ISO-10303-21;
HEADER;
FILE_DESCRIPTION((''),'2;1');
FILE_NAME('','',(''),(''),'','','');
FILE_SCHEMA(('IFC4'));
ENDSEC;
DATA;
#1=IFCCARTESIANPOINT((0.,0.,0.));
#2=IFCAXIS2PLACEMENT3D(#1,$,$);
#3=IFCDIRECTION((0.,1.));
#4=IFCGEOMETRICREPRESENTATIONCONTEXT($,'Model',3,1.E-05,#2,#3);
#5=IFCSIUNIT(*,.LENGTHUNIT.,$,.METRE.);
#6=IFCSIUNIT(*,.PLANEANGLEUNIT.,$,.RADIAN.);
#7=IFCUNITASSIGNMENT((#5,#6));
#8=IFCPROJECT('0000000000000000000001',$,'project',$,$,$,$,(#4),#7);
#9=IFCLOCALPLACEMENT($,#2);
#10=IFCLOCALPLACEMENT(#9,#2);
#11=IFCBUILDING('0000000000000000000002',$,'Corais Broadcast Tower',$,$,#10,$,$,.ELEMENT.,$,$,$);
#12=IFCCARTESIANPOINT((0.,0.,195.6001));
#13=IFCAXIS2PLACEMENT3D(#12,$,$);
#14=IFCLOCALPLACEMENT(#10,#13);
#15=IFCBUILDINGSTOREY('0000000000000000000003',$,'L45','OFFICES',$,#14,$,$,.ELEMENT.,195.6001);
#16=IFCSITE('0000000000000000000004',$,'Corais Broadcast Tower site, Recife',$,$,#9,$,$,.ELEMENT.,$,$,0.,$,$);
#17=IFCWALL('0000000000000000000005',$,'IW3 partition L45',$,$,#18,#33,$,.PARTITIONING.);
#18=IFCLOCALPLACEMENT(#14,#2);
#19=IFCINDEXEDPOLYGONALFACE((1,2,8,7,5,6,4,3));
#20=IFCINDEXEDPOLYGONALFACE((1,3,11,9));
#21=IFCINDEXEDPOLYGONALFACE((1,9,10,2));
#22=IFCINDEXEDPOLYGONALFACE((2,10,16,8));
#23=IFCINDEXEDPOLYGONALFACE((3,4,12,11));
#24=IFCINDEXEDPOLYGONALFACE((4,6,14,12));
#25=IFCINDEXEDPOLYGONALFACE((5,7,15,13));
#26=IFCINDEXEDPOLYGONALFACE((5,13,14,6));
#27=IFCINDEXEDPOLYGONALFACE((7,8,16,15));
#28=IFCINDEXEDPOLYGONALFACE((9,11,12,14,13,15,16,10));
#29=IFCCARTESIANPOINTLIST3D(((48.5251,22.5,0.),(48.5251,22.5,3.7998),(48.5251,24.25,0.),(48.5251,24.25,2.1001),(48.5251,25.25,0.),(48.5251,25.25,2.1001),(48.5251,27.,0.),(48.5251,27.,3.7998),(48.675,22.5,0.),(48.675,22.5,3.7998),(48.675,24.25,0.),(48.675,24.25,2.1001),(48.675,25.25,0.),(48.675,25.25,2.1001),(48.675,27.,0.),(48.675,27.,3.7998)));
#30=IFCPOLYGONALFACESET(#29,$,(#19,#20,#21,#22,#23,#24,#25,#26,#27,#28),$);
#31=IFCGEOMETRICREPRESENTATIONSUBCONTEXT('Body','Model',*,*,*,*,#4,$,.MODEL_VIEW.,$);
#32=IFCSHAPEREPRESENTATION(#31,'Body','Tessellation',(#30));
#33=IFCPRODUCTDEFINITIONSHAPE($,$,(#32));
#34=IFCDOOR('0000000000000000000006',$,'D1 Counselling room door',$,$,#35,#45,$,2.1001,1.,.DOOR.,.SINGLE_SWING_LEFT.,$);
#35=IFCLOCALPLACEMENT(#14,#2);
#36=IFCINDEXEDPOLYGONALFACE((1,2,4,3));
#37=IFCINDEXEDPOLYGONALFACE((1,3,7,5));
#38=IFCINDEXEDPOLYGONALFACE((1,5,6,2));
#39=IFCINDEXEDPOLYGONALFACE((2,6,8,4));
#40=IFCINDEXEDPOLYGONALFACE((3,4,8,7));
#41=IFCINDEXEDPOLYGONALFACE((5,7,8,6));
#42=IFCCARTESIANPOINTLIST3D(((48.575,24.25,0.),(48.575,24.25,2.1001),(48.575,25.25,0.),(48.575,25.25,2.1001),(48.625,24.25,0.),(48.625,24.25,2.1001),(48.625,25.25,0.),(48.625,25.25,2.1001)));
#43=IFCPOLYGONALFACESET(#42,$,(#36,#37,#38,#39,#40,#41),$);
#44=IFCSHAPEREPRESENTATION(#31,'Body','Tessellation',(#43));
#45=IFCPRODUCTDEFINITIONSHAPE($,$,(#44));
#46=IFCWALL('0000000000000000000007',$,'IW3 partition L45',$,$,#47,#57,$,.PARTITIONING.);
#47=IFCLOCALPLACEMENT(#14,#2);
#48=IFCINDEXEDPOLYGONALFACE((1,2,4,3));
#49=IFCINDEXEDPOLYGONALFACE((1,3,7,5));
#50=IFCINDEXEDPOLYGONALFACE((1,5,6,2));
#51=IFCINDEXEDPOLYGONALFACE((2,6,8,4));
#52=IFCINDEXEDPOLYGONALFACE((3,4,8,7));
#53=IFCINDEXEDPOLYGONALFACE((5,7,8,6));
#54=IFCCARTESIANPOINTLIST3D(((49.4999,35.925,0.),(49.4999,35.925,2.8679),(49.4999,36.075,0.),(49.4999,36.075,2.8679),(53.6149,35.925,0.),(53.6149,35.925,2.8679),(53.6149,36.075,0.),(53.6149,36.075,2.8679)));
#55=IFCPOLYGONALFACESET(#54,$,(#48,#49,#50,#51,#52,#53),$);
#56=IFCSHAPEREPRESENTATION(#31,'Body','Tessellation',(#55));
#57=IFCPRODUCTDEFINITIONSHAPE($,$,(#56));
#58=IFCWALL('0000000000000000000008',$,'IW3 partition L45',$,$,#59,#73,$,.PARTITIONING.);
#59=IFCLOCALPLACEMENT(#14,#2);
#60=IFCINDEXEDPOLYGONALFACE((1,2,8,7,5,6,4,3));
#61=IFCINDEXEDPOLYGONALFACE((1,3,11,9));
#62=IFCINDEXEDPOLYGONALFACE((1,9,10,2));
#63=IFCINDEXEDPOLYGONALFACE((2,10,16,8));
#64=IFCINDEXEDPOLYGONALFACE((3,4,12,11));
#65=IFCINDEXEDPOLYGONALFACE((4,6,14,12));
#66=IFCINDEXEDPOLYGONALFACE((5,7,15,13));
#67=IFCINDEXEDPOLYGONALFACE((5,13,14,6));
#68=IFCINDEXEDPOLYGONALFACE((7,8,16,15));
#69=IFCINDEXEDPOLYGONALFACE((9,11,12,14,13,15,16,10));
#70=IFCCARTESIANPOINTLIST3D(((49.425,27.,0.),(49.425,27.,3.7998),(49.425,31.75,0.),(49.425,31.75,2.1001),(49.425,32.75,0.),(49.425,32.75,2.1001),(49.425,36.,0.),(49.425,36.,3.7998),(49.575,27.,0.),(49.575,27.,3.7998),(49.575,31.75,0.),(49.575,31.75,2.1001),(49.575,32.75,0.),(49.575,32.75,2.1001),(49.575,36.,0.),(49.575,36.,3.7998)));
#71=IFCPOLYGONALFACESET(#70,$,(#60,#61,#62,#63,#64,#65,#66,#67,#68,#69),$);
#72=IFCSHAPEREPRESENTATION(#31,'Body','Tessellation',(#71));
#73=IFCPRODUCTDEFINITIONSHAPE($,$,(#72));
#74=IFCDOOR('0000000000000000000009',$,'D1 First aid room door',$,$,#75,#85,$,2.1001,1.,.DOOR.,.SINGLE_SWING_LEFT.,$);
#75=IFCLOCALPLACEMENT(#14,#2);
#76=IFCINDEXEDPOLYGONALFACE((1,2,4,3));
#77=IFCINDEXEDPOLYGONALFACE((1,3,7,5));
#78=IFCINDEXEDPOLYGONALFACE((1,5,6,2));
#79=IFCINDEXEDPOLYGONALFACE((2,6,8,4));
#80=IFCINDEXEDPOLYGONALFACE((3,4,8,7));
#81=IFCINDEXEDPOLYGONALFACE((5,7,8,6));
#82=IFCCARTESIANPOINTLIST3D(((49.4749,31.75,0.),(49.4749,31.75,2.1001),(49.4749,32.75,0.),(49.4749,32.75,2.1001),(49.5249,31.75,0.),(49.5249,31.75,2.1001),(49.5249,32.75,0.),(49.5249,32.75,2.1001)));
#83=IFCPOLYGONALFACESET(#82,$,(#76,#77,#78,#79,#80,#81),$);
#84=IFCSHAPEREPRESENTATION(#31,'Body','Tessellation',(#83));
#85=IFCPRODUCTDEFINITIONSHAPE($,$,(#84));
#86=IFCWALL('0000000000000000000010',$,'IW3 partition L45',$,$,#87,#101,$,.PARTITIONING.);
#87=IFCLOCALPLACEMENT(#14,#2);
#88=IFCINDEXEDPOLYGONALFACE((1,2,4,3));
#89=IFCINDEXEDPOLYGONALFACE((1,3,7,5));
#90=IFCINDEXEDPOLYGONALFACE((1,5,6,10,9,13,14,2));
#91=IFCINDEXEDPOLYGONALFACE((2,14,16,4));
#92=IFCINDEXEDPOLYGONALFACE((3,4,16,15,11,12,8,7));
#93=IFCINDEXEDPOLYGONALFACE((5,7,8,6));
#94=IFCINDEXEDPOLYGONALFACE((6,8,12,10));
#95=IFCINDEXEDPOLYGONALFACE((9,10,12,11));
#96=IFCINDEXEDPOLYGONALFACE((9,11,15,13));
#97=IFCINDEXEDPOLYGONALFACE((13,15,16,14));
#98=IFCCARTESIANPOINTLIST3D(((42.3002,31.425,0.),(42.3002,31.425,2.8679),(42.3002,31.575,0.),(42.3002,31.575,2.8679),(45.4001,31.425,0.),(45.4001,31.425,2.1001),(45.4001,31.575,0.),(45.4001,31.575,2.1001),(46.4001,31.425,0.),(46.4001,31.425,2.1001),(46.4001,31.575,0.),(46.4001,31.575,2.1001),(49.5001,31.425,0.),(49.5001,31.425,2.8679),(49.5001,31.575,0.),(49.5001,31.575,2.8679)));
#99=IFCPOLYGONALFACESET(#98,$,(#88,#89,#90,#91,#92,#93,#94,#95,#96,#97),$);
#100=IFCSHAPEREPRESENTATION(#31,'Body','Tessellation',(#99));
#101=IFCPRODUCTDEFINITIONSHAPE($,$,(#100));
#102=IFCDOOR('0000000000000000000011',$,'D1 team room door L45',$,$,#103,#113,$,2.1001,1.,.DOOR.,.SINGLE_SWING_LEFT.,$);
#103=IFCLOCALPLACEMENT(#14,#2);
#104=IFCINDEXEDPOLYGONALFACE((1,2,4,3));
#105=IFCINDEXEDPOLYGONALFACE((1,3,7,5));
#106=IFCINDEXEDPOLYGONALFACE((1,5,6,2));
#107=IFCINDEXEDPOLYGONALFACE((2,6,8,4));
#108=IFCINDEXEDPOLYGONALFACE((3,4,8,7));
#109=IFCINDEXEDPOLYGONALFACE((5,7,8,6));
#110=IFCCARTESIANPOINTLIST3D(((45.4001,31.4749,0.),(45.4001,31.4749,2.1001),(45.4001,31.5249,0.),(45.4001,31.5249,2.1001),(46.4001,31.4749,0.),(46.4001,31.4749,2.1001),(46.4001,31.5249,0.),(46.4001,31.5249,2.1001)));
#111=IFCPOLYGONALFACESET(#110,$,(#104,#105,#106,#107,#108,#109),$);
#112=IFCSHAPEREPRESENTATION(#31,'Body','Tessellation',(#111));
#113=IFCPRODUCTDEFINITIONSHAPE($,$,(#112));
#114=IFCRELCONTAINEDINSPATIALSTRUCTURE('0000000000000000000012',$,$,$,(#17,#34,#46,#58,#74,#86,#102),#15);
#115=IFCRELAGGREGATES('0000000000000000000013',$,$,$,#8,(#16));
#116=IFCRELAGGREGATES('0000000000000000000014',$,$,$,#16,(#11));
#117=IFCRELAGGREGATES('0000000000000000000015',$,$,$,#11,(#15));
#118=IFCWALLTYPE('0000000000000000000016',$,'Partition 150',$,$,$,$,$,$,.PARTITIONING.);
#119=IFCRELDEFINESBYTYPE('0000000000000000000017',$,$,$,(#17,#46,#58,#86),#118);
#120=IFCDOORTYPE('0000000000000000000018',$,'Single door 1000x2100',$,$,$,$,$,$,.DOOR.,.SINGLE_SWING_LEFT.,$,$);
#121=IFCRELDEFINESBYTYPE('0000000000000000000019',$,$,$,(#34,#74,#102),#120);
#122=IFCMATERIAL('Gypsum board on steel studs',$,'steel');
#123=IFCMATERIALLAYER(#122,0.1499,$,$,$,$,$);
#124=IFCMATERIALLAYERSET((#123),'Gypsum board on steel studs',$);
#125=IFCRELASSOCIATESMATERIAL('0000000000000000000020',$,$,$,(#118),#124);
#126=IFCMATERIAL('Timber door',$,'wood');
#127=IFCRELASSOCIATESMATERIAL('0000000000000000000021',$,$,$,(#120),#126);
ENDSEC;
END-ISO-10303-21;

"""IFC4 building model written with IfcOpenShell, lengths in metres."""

from ifc_helpers import new_model, si_unit, direction, frame, frame_2d, origin, place, context, subcontext, project, spatial, rectangle, extrude, material, layer, layer_set, type_object, element, fill, save


model = new_model("IFC4")

# Units and contexts
model_context = context("Model", 3, precision=1e-05, world=origin(), true_north=direction((0.0, 1.0)))
body_context = subcontext(model_context, "Body", "Model", "MODEL_VIEW")
ifc_project = project(units=[si_unit("LENGTHUNIT", "METRE"), si_unit("PLANEANGLEUNIT", "RADIAN")], contexts=[model_context])

# Site, building, storey
site_placement = place(None, origin())
site = spatial("IfcSite", under=ifc_project, at=site_placement, Name="Corais Broadcast Tower site, Recife", CompositionType="ELEMENT", RefElevation=0.0)
building_placement = place(site_placement, origin())
building = spatial("IfcBuilding", under=site, at=building_placement, Name="Corais Broadcast Tower", CompositionType="ELEMENT")
storey_placement = place(building_placement, frame((0.0, 0.0, 195.6001)))
storey = spatial("IfcBuildingStorey", under=building, at=storey_placement, Name="L45", Description="OFFICES", CompositionType="ELEMENT", Elevation=195.6001)

# Shared definitions
ifc_material_1 = material(Name="Gypsum board on steel studs", Category="steel")
ifc_layer_1 = layer(ifc_material_1, 0.1499)
ifc_layer_set_1 = layer_set([ifc_layer_1], Name="Gypsum board on steel studs")
wall_type = type_object("IfcWallType", Name="Partition 150", PredefinedType="PARTITIONING", material=ifc_layer_set_1)

# Wall, opening, door
wall_1_placement = place(storey_placement, frame((48.6001, 27.0, 0.0), z_axis=(0.0, 0.0, 1.0), x_axis=(0.0, -1.0, 0.0)))
wall_1 = element("IfcWall", 1, at=wall_1_placement, inside=storey, type_object=wall_type, Name="IW3 partition L45", PredefinedType="PARTITIONING", context=body_context, shape_type="SweptSolid", body=[
    extrude(rectangle(XDim=4.5, YDim=0.1499, at=frame_2d((2.25, 0.0))), origin(), (0.0, 0.0, 1.0), 3.7998),
])
opening_1_placement = place(wall_1_placement, frame((1.75, 0.0, 0.0)))
opening_1 = element("IfcOpeningElement", 2, at=opening_1_placement, cuts=wall_1, PredefinedType="OPENING", context=body_context, shape_type="SweptSolid", body=[
    extrude(rectangle(XDim=1.0, YDim=2.1001, at=frame_2d((0.5, 1.05))), frame((0.0, 0.085, 0.0), z_axis=(0.0, -1.0, 0.0), x_axis=(1.0, 0.0, 0.0)), (0.0, 0.0, 1.0), 0.1699),
])
ifc_material_2 = material(Name="Timber door", Category="wood")
door_type = type_object("IfcDoorType", Name="Single door 1000x2100", OperationType="SINGLE_SWING_LEFT", PredefinedType="DOOR", material=ifc_material_2)
door_1_placement = place(opening_1_placement, origin())
door_1 = element("IfcDoor", 3, at=door_1_placement, inside=storey, type_object=door_type, Name="D1 Counselling room door", OperationType="SINGLE_SWING_LEFT", OverallHeight=2.1001, OverallWidth=1.0, PredefinedType="DOOR", context=body_context, shape_type="SweptSolid", body=[
    extrude(rectangle(XDim=1.0, YDim=2.1001, at=frame_2d((0.5, 1.05))), frame((0.0, 0.0249, 0.0), z_axis=(0.0, -1.0, 0.0), x_axis=(1.0, 0.0, 0.0)), (0.0, 0.0, 1.0), 0.05),
])
fill(opening_1, door_1)

# Wall
wall_2_placement = place(storey_placement, frame((53.615, 36.0, 0.0), z_axis=(0.0, 0.0, 1.0), x_axis=(-1.0, 0.0, 0.0)))
element("IfcWall", 4, at=wall_2_placement, inside=storey, type_object=wall_type, Name="IW3 partition L45", PredefinedType="PARTITIONING", context=body_context, shape_type="SweptSolid", body=[
    extrude(rectangle(XDim=4.115, YDim=0.1499, at=frame_2d((2.0576, 0.0))), origin(), (0.0, 0.0, 1.0), 2.8679),
])

# Walls, openings, doors
wall_3_placement = place(storey_placement, frame((49.5, 36.0, 0.0), z_axis=(0.0, 0.0, 1.0), x_axis=(0.0, -1.0, 0.0)))
wall_3 = element("IfcWall", 5, at=wall_3_placement, inside=storey, type_object=wall_type, Name="IW3 partition L45", PredefinedType="PARTITIONING", context=body_context, shape_type="SweptSolid", body=[
    extrude(rectangle(XDim=9.0, YDim=0.1499, at=frame_2d((4.5, 0.0))), origin(), (0.0, 0.0, 1.0), 3.7998),
])
opening_2_placement = place(wall_3_placement, frame((3.25, 0.0, 0.0)))
opening_2 = element("IfcOpeningElement", 6, at=opening_2_placement, cuts=wall_3, PredefinedType="OPENING", context=body_context, shape_type="SweptSolid", body=[
    extrude(rectangle(XDim=1.0, YDim=2.1001, at=frame_2d((0.5, 1.05))), frame((0.0, 0.085, 0.0), z_axis=(0.0, -1.0, 0.0), x_axis=(1.0, 0.0, 0.0)), (0.0, 0.0, 1.0), 0.1699),
])
door_2_placement = place(opening_2_placement, origin())
door_2 = element("IfcDoor", 7, at=door_2_placement, inside=storey, type_object=door_type, Name="D1 First aid room door", OperationType="SINGLE_SWING_LEFT", OverallHeight=2.1001, OverallWidth=1.0, PredefinedType="DOOR", context=body_context, shape_type="SweptSolid", body=[
    extrude(rectangle(XDim=1.0, YDim=2.1001, at=frame_2d((0.5, 1.05))), frame((0.0, 0.0249, 0.0), z_axis=(0.0, -1.0, 0.0), x_axis=(1.0, 0.0, 0.0)), (0.0, 0.0, 1.0), 0.05),
])
fill(opening_2, door_2)
wall_4_placement = place(storey_placement, frame((42.3, 31.5, 0.0), z_axis=(0.0, 0.0, 1.0), x_axis=(1.0, 0.0, 0.0)))
wall_4 = element("IfcWall", 8, at=wall_4_placement, inside=storey, type_object=wall_type, Name="IW3 partition L45", PredefinedType="PARTITIONING", context=body_context, shape_type="SweptSolid", body=[
    extrude(rectangle(XDim=7.2, YDim=0.1499, at=frame_2d((3.6001, 0.0))), origin(), (0.0, 0.0, 1.0), 2.8679),
])
opening_3_placement = place(wall_4_placement, frame((3.1001, 0.0, 0.0)))
opening_3 = element("IfcOpeningElement", 9, at=opening_3_placement, cuts=wall_4, PredefinedType="OPENING", context=body_context, shape_type="SweptSolid", body=[
    extrude(rectangle(XDim=1.0, YDim=2.1001, at=frame_2d((0.5, 1.05))), frame((0.0, 0.085, 0.0), z_axis=(0.0, -1.0, 0.0), x_axis=(1.0, 0.0, 0.0)), (0.0, 0.0, 1.0), 0.1699),
])
door_3_placement = place(opening_3_placement, origin())
door_3 = element("IfcDoor", 10, at=door_3_placement, inside=storey, type_object=door_type, Name="D1 team room door L45", OperationType="SINGLE_SWING_LEFT", OverallHeight=2.1001, OverallWidth=1.0, PredefinedType="DOOR", context=body_context, shape_type="SweptSolid", body=[
    extrude(rectangle(XDim=1.0, YDim=2.1001, at=frame_2d((0.5, 1.05))), frame((0.0, 0.0249, 0.0), z_axis=(0.0, -1.0, 0.0), x_axis=(1.0, 0.0, 0.0)), (0.0, 0.0, 1.0), 0.05),
])
fill(opening_3, door_3)

save(model, "model.ifc")
